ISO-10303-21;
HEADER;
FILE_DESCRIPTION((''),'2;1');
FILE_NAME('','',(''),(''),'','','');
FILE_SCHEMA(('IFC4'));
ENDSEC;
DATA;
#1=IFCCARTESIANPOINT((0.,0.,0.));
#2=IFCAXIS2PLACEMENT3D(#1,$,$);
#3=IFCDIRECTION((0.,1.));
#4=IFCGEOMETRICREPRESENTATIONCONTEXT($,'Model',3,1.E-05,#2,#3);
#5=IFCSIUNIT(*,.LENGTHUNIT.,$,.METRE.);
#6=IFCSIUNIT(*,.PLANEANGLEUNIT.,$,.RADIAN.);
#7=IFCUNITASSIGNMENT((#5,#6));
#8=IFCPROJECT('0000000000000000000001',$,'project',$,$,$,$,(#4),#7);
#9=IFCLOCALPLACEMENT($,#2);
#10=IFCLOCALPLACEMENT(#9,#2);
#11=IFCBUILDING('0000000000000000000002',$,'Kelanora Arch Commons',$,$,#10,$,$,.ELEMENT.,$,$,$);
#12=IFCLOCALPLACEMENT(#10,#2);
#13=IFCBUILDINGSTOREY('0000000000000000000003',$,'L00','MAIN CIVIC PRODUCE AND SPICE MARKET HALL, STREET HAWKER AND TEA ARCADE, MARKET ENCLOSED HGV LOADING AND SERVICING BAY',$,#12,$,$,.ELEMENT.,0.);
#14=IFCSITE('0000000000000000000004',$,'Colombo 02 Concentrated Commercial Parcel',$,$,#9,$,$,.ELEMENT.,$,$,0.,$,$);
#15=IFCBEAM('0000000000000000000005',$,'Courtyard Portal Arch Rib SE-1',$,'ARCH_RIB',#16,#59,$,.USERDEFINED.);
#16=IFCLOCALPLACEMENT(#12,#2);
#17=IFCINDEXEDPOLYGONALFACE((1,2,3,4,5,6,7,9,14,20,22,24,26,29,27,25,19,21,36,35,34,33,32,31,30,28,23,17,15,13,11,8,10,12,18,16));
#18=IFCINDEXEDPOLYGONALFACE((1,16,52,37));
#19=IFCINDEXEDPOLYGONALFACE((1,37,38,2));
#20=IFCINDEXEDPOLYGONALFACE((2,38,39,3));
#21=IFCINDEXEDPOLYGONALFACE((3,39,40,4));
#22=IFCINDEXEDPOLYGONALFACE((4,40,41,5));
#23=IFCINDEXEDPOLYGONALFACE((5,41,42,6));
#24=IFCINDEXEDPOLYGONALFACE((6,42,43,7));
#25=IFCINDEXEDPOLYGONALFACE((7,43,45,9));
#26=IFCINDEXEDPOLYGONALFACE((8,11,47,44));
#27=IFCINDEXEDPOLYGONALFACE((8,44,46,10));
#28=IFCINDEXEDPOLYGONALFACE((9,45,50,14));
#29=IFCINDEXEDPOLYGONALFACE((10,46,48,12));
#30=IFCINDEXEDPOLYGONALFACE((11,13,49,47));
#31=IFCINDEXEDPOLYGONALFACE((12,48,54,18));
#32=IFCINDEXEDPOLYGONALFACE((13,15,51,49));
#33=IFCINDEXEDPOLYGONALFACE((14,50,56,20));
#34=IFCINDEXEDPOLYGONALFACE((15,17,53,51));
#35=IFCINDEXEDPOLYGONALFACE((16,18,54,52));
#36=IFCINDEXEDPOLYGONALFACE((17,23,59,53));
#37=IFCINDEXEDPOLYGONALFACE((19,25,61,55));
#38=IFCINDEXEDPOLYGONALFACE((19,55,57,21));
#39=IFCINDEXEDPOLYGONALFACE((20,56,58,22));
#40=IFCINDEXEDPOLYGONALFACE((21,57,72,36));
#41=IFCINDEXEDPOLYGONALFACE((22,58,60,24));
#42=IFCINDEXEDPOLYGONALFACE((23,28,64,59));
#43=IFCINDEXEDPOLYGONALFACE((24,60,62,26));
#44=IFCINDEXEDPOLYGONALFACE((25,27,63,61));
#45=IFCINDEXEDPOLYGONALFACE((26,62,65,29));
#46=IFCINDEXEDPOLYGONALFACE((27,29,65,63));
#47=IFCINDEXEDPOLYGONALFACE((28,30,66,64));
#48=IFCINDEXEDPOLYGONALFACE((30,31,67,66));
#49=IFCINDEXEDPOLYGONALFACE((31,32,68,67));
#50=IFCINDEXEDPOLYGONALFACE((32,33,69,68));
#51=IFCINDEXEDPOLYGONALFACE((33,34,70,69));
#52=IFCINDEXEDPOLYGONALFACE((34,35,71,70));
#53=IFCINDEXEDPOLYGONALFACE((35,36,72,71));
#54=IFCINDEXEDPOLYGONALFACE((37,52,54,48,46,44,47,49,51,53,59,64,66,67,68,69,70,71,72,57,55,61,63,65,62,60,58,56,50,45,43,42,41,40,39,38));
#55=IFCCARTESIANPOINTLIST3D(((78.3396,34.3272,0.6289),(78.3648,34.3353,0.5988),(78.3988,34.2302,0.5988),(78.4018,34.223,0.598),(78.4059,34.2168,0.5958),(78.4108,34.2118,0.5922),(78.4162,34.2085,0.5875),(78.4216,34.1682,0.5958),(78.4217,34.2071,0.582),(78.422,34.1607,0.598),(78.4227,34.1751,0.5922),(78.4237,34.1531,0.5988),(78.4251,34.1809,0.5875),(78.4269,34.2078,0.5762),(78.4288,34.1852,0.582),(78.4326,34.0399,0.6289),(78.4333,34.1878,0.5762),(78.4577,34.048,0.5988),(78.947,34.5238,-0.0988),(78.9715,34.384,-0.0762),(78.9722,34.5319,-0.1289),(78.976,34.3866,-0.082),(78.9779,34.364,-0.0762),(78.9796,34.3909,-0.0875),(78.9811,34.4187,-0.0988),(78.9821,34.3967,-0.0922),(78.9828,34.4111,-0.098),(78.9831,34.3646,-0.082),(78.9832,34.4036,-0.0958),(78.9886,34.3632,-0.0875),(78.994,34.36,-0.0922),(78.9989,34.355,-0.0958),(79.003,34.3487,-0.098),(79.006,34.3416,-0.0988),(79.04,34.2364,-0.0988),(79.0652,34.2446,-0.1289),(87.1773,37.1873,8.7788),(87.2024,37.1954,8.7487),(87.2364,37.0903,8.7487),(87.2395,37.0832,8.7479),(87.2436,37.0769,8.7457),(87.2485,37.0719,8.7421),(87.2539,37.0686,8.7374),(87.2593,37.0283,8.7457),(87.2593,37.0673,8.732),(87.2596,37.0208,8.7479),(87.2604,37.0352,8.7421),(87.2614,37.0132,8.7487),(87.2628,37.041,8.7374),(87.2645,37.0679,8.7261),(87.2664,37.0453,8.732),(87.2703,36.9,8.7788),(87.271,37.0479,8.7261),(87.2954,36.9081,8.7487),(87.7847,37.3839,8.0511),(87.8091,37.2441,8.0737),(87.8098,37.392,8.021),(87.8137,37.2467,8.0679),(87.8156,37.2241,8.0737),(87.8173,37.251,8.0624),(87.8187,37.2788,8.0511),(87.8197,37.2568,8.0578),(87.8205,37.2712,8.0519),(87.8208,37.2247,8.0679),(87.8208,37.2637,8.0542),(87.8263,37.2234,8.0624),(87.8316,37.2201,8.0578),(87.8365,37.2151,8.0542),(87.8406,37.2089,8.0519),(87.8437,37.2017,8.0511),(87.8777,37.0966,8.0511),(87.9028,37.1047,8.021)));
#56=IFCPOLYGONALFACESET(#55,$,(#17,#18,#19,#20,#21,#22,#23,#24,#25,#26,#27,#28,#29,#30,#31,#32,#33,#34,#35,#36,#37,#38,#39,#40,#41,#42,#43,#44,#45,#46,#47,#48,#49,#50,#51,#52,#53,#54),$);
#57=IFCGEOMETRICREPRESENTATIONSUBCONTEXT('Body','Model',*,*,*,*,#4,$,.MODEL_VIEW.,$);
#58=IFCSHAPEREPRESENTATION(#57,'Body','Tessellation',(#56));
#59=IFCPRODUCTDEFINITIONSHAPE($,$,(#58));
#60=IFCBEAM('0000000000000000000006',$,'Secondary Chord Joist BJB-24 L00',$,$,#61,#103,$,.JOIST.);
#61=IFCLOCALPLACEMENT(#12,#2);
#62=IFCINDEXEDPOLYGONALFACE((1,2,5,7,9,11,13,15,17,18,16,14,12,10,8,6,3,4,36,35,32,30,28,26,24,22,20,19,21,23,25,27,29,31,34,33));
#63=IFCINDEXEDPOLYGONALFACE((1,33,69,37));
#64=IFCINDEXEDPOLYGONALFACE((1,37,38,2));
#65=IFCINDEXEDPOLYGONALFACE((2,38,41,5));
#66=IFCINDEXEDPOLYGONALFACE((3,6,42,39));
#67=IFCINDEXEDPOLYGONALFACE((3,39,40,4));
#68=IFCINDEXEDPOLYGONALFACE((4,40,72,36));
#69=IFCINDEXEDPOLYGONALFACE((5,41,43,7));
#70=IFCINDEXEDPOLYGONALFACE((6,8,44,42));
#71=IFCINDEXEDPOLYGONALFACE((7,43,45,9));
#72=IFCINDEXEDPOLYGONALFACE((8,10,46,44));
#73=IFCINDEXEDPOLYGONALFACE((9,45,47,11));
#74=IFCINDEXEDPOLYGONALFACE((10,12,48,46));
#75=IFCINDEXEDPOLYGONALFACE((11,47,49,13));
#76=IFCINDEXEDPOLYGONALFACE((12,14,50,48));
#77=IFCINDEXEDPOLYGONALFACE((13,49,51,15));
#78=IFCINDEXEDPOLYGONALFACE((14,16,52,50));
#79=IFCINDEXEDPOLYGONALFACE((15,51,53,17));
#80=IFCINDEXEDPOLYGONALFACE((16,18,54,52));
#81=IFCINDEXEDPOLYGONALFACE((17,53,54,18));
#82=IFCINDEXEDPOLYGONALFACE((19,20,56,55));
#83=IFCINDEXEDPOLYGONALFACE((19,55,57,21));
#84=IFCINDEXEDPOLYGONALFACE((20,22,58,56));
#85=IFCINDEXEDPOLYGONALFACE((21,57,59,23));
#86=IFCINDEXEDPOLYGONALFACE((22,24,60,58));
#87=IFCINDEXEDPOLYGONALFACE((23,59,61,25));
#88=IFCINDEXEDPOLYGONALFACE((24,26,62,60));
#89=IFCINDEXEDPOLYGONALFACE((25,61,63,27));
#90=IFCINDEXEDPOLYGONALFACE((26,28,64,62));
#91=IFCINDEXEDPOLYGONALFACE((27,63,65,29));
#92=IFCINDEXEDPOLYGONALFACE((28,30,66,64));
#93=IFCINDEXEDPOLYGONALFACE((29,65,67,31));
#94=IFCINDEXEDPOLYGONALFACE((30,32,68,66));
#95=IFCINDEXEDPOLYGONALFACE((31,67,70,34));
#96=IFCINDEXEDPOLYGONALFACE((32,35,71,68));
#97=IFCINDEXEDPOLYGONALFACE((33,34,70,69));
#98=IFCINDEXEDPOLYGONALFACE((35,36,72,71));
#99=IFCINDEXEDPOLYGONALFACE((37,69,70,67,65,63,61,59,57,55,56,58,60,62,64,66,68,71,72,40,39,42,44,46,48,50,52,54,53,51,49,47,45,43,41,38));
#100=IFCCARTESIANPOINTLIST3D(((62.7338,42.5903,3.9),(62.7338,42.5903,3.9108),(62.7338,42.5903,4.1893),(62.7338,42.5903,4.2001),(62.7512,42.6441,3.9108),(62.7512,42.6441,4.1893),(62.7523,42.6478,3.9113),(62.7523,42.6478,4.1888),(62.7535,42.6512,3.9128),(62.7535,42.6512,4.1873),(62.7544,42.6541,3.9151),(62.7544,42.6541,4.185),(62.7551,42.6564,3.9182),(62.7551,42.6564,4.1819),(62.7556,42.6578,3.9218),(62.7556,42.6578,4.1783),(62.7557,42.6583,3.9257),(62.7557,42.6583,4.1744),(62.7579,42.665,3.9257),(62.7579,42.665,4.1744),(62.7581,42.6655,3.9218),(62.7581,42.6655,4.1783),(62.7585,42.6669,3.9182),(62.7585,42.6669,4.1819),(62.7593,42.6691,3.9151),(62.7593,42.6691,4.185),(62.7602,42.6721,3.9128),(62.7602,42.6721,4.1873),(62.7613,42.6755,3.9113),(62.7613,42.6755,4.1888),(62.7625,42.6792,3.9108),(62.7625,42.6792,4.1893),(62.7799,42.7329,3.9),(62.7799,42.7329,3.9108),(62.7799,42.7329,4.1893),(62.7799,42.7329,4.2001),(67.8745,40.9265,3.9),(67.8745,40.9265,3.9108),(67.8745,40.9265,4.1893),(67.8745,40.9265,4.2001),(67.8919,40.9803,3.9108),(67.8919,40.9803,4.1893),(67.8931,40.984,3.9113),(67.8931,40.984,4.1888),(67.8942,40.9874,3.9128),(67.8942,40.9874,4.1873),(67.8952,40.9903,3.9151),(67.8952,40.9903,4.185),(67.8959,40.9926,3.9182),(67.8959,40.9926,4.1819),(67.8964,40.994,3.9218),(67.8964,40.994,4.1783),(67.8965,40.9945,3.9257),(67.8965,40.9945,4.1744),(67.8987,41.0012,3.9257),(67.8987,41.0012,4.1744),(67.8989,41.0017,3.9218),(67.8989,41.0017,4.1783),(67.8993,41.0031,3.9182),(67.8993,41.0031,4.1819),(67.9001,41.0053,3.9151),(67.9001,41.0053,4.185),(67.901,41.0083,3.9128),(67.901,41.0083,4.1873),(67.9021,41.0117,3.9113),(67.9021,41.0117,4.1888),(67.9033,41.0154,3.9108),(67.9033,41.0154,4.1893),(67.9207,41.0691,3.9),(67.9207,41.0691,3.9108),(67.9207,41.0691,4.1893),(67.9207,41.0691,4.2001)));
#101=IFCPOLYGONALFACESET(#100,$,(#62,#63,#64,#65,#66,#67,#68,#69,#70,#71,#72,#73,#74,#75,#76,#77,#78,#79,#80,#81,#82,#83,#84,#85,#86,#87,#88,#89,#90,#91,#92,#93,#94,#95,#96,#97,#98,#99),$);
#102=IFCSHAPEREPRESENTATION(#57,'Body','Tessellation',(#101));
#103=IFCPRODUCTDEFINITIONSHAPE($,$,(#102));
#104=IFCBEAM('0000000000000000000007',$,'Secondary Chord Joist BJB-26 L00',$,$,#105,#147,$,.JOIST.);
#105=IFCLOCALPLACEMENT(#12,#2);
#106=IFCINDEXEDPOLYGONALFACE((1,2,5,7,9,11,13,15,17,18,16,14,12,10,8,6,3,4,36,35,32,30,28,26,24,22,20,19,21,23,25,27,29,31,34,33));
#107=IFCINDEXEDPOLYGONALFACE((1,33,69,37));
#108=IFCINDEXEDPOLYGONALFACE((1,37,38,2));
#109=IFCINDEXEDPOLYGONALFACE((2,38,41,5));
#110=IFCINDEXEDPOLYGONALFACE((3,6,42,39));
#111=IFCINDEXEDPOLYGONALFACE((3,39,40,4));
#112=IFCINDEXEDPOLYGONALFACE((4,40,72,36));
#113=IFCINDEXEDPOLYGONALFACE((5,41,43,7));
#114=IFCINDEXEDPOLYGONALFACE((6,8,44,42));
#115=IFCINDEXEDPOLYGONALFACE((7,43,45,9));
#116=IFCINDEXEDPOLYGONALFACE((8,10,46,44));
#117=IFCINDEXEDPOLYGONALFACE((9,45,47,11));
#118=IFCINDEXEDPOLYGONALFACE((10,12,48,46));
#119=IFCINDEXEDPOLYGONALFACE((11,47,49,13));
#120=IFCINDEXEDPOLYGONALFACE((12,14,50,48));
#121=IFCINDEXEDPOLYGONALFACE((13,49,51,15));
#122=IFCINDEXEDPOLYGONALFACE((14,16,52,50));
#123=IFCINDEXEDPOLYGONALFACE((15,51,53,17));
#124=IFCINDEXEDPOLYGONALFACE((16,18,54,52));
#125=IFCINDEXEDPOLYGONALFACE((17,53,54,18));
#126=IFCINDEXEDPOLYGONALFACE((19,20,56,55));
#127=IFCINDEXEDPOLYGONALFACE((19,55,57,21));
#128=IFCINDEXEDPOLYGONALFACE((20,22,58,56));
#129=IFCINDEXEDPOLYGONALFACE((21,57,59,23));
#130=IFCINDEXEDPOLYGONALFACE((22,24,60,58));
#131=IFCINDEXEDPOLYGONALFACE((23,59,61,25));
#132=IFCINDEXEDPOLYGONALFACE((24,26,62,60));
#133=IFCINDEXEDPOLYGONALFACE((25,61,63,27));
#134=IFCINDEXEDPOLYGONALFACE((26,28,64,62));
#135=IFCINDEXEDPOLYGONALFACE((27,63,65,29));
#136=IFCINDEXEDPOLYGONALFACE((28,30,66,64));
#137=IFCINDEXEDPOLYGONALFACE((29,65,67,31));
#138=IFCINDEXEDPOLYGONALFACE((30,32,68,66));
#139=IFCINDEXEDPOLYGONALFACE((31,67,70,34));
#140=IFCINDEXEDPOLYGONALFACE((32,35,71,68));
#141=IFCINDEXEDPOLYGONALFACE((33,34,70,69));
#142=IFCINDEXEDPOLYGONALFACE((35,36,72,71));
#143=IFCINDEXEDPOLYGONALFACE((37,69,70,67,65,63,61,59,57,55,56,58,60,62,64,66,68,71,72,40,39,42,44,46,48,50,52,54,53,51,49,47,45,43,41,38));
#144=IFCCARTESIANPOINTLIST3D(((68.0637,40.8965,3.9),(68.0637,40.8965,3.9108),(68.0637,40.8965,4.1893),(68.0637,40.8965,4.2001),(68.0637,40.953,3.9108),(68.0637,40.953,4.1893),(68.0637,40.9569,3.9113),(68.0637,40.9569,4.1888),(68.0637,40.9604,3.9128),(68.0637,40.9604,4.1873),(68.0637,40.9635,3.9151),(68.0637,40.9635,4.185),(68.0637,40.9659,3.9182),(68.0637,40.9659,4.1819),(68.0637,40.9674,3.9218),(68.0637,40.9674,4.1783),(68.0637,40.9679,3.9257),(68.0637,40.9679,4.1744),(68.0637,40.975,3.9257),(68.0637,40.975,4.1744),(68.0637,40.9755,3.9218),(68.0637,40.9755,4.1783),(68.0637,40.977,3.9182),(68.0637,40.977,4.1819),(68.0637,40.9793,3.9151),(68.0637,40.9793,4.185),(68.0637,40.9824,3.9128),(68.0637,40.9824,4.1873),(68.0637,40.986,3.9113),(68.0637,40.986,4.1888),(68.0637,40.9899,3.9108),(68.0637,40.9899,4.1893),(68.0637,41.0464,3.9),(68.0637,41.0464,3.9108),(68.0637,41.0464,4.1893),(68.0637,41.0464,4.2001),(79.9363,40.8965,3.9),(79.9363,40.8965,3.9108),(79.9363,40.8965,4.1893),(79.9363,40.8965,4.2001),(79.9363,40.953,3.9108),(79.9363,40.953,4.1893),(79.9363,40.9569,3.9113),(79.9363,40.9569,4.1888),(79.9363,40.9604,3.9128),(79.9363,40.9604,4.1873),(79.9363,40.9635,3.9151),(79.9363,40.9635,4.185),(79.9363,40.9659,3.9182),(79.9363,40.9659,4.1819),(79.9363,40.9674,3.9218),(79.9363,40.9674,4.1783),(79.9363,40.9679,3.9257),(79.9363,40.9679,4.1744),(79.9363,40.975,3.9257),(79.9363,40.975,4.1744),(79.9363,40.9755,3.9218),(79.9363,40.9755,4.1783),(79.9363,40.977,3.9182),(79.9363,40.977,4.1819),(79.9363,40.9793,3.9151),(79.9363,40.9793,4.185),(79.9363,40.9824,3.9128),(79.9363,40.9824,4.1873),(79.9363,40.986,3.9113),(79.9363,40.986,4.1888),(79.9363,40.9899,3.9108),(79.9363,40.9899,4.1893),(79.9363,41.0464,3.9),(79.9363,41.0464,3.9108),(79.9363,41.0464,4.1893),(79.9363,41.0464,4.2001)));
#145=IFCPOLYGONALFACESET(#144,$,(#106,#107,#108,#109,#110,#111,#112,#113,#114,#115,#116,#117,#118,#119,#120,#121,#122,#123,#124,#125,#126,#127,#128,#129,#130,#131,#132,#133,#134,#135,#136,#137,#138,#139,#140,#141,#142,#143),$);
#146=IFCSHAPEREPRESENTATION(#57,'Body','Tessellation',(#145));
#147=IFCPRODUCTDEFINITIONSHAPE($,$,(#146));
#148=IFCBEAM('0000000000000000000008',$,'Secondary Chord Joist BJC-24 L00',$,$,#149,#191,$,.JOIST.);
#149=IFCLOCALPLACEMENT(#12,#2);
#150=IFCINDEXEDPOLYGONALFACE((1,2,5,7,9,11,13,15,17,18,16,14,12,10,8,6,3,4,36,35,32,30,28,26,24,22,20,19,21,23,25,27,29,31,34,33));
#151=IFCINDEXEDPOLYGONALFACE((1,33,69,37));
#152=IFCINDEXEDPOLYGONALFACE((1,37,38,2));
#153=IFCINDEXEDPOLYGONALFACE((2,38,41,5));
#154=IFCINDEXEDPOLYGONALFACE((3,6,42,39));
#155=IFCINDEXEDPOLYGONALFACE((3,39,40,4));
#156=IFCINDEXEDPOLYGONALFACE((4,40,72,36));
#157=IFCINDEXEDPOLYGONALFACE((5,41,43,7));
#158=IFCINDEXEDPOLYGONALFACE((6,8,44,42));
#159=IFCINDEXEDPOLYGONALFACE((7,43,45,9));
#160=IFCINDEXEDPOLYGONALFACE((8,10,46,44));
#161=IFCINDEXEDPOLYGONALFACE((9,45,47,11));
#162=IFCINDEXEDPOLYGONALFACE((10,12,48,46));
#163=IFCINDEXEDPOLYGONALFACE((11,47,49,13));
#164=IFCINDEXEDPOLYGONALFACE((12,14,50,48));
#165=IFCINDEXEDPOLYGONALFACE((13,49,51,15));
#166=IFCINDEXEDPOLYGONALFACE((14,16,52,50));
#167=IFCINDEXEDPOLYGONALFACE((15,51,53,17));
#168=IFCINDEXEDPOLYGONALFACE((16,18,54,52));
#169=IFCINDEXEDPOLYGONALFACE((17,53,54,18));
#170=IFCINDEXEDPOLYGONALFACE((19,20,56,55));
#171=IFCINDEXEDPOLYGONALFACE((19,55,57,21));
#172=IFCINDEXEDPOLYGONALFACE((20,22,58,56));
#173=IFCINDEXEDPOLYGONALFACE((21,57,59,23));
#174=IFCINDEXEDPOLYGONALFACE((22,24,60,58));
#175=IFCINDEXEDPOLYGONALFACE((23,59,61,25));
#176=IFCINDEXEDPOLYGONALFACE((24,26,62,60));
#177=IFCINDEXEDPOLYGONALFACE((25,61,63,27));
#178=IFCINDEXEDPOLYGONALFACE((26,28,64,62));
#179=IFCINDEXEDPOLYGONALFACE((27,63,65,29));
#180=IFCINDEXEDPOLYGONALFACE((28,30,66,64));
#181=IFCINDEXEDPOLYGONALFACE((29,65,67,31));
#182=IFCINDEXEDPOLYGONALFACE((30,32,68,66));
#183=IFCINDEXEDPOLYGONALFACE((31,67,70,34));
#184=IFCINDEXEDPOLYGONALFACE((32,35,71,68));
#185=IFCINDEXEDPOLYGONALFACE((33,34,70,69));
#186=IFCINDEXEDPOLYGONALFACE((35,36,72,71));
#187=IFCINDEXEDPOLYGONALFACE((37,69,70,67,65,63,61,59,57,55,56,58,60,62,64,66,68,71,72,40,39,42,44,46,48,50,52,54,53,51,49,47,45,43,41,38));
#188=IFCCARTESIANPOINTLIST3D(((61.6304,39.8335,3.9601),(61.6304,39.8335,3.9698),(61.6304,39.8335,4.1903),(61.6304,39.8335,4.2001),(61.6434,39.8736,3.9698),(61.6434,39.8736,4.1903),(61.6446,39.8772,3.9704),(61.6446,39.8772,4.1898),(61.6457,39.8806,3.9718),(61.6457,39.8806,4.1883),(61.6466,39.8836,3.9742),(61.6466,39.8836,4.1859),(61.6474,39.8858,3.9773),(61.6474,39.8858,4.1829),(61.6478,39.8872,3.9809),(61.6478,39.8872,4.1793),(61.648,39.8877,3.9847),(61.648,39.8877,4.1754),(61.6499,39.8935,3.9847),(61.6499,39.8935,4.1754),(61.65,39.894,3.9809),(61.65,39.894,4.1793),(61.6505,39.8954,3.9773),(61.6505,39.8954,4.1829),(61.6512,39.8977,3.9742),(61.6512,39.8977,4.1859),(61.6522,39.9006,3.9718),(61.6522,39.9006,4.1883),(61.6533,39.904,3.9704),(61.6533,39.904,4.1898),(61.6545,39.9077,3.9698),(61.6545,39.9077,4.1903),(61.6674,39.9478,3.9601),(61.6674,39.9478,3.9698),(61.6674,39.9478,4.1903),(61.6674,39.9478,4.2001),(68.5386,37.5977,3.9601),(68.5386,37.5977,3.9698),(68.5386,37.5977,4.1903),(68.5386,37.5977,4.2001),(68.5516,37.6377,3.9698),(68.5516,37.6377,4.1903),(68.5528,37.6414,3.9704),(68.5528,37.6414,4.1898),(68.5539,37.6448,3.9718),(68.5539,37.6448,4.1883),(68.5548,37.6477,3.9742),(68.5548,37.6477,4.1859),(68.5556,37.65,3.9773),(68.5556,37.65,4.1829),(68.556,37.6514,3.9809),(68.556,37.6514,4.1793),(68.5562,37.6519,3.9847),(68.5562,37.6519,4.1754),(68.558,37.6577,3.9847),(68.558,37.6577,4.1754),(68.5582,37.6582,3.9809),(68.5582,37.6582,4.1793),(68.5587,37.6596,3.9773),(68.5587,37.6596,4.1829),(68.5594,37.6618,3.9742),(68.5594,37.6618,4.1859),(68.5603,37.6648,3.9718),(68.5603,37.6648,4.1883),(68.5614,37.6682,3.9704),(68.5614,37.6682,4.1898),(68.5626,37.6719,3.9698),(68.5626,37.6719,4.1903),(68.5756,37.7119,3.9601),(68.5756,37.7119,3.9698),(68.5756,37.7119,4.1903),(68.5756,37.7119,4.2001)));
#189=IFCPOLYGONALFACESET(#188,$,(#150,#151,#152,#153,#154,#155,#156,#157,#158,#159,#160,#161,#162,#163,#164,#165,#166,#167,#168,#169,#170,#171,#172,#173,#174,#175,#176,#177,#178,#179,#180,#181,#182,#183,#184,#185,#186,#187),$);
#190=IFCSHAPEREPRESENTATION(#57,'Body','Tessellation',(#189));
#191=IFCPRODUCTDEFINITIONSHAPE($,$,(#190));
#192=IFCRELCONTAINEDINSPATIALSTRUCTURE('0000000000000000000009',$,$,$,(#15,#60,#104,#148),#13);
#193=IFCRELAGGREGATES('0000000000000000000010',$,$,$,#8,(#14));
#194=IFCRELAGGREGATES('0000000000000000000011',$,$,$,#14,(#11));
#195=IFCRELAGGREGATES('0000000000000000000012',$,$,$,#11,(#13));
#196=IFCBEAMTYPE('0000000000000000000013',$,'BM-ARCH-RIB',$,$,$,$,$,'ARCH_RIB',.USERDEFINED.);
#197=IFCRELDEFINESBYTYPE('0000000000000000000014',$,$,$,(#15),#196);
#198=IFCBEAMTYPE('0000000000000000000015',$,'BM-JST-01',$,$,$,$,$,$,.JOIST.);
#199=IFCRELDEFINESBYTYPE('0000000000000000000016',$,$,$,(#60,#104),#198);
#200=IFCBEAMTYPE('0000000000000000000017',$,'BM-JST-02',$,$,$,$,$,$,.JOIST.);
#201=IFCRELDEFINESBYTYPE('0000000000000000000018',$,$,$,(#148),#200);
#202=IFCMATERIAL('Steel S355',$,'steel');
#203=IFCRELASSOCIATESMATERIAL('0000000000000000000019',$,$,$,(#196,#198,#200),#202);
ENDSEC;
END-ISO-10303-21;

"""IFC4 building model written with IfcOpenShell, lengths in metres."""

from ifc_helpers import new_model, si_unit, direction, frame, origin, origin_2d, place, context, subcontext, project, spatial, i_section, extrude, material, material_profile, profile_set, type_object, element, save


model = new_model("IFC4")

# Units and contexts
model_context = context("Model", 3, precision=1e-05, world=origin(), true_north=direction((0.0, 1.0)))
body_context = subcontext(model_context, "Body", "Model", "MODEL_VIEW")
ifc_project = project(units=[si_unit("LENGTHUNIT", "METRE"), si_unit("PLANEANGLEUNIT", "RADIAN")], contexts=[model_context])

# Site, building, storey
site_placement = place(None, origin())
site = spatial("IfcSite", under=ifc_project, at=site_placement, Name="Colombo 02 Concentrated Commercial Parcel", CompositionType="ELEMENT", RefElevation=0.0)
building_placement = place(site_placement, origin())
building = spatial("IfcBuilding", under=site, at=building_placement, Name="Kelanora Arch Commons", CompositionType="ELEMENT")
storey_placement = place(building_placement, origin())
storey = spatial("IfcBuildingStorey", under=building, at=storey_placement, Name="L00", Description="MAIN CIVIC PRODUCE AND SPICE MARKET HALL, STREET HAWKER AND TEA ARCADE, MARKET ENCLOSED HGV LOADING AND SERVICING BAY", CompositionType="ELEMENT", Elevation=0.0)

# Beams
ifc_material_1 = material(Name="Steel S355", Category="steel")
ifc_material_profile_1 = material_profile(ifc_material_1, i_section(OverallWidth=0.302, OverallDepth=1.0081, WebThickness=0.021, FlangeThickness=0.04, FilletRadius=0.03, at=origin_2d()), Name="HEM1000")
ifc_profile_set_1 = profile_set([ifc_material_profile_1], Name="Steel S355")
beam_type_1 = type_object("IfcBeamType", Name="BM-ARCH-RIB", ElementType="ARCH_RIB", PredefinedType="USERDEFINED", material=ifc_profile_set_1)
beam_1_placement = place(storey_placement, frame((78.7024, 34.2859, 0.25), z_axis=(0.715171, 0.231449, 0.659516), x_axis=(-0.307905, 0.951417, 0.0)))
element("IfcBeam", 1, at=beam_1_placement, inside=storey, type_object=beam_type_1, Name="Courtyard Portal Arch Rib SE-1", ObjectType="ARCH_RIB", PredefinedType="USERDEFINED", context=body_context, shape_type="SweptSolid", body=[
    extrude(i_section(OverallWidth=0.302, OverallDepth=1.0081, WebThickness=0.021, FlangeThickness=0.04, FilletRadius=0.03, at=origin_2d()), origin(), (0.0, 0.0, 1.0), 12.3574),
])
ifc_material_profile_2 = material_profile(ifc_material_1, i_section(OverallWidth=0.1499, OverallDepth=0.3, WebThickness=0.0071, FlangeThickness=0.0107, FilletRadius=0.0149, at=origin_2d()), Name="IPE300")
ifc_profile_set_2 = profile_set([ifc_material_profile_2], Name="Steel S355")
beam_type_2 = type_object("IfcBeamType", Name="BM-JST-01", PredefinedType="JOIST", material=ifc_profile_set_2)
beam_2_placement = place(storey_placement, frame((62.7568, 42.6616, 4.05), z_axis=(0.951412, -0.30792, 0.0), x_axis=(0.30792, 0.951412, 0.0)))
element("IfcBeam", 2, at=beam_2_placement, inside=storey, type_object=beam_type_2, Name="Secondary Chord Joist BJB-24 L00", PredefinedType="JOIST", context=body_context, shape_type="SweptSolid", body=[
    extrude(i_section(OverallWidth=0.1499, OverallDepth=0.3, WebThickness=0.0071, FlangeThickness=0.0107, FilletRadius=0.0149, at=origin_2d()), origin(), (0.0, 0.0, 1.0), 5.4033),
])
beam_3_placement = place(storey_placement, frame((68.0637, 40.9714, 4.05), z_axis=(1.0, 0.0, 0.0), x_axis=(0.0, 1.0, 0.0)))
element("IfcBeam", 3, at=beam_3_placement, inside=storey, type_object=beam_type_2, Name="Secondary Chord Joist BJB-26 L00", PredefinedType="JOIST", context=body_context, shape_type="SweptSolid", body=[
    extrude(i_section(OverallWidth=0.1499, OverallDepth=0.3, WebThickness=0.0071, FlangeThickness=0.0107, FilletRadius=0.0149, at=origin_2d()), origin(), (0.0, 0.0, 1.0), 11.8726),
])
ifc_material_profile_3 = material_profile(ifc_material_1, i_section(OverallWidth=0.1201, OverallDepth=0.24, WebThickness=0.0061, FlangeThickness=0.0098, FilletRadius=0.0149, at=origin_2d()), Name="IPE240")
ifc_profile_set_3 = profile_set([ifc_material_profile_3], Name="Steel S355")
beam_type_3 = type_object("IfcBeamType", Name="BM-JST-02", PredefinedType="JOIST", material=ifc_profile_set_3)
beam_4_placement = place(storey_placement, frame((61.6489, 39.8906, 4.0801), z_axis=(0.951411, -0.307924, 0.0), x_axis=(0.307924, 0.951411, 0.0)))
element("IfcBeam", 4, at=beam_4_placement, inside=storey, type_object=beam_type_3, Name="Secondary Chord Joist BJC-24 L00", PredefinedType="JOIST", context=body_context, shape_type="SweptSolid", body=[
    extrude(i_section(OverallWidth=0.1201, OverallDepth=0.24, WebThickness=0.0061, FlangeThickness=0.0098, FilletRadius=0.0149, at=origin_2d()), origin(), (0.0, 0.0, 1.0), 7.261),
])

save(model, "model.ifc")
